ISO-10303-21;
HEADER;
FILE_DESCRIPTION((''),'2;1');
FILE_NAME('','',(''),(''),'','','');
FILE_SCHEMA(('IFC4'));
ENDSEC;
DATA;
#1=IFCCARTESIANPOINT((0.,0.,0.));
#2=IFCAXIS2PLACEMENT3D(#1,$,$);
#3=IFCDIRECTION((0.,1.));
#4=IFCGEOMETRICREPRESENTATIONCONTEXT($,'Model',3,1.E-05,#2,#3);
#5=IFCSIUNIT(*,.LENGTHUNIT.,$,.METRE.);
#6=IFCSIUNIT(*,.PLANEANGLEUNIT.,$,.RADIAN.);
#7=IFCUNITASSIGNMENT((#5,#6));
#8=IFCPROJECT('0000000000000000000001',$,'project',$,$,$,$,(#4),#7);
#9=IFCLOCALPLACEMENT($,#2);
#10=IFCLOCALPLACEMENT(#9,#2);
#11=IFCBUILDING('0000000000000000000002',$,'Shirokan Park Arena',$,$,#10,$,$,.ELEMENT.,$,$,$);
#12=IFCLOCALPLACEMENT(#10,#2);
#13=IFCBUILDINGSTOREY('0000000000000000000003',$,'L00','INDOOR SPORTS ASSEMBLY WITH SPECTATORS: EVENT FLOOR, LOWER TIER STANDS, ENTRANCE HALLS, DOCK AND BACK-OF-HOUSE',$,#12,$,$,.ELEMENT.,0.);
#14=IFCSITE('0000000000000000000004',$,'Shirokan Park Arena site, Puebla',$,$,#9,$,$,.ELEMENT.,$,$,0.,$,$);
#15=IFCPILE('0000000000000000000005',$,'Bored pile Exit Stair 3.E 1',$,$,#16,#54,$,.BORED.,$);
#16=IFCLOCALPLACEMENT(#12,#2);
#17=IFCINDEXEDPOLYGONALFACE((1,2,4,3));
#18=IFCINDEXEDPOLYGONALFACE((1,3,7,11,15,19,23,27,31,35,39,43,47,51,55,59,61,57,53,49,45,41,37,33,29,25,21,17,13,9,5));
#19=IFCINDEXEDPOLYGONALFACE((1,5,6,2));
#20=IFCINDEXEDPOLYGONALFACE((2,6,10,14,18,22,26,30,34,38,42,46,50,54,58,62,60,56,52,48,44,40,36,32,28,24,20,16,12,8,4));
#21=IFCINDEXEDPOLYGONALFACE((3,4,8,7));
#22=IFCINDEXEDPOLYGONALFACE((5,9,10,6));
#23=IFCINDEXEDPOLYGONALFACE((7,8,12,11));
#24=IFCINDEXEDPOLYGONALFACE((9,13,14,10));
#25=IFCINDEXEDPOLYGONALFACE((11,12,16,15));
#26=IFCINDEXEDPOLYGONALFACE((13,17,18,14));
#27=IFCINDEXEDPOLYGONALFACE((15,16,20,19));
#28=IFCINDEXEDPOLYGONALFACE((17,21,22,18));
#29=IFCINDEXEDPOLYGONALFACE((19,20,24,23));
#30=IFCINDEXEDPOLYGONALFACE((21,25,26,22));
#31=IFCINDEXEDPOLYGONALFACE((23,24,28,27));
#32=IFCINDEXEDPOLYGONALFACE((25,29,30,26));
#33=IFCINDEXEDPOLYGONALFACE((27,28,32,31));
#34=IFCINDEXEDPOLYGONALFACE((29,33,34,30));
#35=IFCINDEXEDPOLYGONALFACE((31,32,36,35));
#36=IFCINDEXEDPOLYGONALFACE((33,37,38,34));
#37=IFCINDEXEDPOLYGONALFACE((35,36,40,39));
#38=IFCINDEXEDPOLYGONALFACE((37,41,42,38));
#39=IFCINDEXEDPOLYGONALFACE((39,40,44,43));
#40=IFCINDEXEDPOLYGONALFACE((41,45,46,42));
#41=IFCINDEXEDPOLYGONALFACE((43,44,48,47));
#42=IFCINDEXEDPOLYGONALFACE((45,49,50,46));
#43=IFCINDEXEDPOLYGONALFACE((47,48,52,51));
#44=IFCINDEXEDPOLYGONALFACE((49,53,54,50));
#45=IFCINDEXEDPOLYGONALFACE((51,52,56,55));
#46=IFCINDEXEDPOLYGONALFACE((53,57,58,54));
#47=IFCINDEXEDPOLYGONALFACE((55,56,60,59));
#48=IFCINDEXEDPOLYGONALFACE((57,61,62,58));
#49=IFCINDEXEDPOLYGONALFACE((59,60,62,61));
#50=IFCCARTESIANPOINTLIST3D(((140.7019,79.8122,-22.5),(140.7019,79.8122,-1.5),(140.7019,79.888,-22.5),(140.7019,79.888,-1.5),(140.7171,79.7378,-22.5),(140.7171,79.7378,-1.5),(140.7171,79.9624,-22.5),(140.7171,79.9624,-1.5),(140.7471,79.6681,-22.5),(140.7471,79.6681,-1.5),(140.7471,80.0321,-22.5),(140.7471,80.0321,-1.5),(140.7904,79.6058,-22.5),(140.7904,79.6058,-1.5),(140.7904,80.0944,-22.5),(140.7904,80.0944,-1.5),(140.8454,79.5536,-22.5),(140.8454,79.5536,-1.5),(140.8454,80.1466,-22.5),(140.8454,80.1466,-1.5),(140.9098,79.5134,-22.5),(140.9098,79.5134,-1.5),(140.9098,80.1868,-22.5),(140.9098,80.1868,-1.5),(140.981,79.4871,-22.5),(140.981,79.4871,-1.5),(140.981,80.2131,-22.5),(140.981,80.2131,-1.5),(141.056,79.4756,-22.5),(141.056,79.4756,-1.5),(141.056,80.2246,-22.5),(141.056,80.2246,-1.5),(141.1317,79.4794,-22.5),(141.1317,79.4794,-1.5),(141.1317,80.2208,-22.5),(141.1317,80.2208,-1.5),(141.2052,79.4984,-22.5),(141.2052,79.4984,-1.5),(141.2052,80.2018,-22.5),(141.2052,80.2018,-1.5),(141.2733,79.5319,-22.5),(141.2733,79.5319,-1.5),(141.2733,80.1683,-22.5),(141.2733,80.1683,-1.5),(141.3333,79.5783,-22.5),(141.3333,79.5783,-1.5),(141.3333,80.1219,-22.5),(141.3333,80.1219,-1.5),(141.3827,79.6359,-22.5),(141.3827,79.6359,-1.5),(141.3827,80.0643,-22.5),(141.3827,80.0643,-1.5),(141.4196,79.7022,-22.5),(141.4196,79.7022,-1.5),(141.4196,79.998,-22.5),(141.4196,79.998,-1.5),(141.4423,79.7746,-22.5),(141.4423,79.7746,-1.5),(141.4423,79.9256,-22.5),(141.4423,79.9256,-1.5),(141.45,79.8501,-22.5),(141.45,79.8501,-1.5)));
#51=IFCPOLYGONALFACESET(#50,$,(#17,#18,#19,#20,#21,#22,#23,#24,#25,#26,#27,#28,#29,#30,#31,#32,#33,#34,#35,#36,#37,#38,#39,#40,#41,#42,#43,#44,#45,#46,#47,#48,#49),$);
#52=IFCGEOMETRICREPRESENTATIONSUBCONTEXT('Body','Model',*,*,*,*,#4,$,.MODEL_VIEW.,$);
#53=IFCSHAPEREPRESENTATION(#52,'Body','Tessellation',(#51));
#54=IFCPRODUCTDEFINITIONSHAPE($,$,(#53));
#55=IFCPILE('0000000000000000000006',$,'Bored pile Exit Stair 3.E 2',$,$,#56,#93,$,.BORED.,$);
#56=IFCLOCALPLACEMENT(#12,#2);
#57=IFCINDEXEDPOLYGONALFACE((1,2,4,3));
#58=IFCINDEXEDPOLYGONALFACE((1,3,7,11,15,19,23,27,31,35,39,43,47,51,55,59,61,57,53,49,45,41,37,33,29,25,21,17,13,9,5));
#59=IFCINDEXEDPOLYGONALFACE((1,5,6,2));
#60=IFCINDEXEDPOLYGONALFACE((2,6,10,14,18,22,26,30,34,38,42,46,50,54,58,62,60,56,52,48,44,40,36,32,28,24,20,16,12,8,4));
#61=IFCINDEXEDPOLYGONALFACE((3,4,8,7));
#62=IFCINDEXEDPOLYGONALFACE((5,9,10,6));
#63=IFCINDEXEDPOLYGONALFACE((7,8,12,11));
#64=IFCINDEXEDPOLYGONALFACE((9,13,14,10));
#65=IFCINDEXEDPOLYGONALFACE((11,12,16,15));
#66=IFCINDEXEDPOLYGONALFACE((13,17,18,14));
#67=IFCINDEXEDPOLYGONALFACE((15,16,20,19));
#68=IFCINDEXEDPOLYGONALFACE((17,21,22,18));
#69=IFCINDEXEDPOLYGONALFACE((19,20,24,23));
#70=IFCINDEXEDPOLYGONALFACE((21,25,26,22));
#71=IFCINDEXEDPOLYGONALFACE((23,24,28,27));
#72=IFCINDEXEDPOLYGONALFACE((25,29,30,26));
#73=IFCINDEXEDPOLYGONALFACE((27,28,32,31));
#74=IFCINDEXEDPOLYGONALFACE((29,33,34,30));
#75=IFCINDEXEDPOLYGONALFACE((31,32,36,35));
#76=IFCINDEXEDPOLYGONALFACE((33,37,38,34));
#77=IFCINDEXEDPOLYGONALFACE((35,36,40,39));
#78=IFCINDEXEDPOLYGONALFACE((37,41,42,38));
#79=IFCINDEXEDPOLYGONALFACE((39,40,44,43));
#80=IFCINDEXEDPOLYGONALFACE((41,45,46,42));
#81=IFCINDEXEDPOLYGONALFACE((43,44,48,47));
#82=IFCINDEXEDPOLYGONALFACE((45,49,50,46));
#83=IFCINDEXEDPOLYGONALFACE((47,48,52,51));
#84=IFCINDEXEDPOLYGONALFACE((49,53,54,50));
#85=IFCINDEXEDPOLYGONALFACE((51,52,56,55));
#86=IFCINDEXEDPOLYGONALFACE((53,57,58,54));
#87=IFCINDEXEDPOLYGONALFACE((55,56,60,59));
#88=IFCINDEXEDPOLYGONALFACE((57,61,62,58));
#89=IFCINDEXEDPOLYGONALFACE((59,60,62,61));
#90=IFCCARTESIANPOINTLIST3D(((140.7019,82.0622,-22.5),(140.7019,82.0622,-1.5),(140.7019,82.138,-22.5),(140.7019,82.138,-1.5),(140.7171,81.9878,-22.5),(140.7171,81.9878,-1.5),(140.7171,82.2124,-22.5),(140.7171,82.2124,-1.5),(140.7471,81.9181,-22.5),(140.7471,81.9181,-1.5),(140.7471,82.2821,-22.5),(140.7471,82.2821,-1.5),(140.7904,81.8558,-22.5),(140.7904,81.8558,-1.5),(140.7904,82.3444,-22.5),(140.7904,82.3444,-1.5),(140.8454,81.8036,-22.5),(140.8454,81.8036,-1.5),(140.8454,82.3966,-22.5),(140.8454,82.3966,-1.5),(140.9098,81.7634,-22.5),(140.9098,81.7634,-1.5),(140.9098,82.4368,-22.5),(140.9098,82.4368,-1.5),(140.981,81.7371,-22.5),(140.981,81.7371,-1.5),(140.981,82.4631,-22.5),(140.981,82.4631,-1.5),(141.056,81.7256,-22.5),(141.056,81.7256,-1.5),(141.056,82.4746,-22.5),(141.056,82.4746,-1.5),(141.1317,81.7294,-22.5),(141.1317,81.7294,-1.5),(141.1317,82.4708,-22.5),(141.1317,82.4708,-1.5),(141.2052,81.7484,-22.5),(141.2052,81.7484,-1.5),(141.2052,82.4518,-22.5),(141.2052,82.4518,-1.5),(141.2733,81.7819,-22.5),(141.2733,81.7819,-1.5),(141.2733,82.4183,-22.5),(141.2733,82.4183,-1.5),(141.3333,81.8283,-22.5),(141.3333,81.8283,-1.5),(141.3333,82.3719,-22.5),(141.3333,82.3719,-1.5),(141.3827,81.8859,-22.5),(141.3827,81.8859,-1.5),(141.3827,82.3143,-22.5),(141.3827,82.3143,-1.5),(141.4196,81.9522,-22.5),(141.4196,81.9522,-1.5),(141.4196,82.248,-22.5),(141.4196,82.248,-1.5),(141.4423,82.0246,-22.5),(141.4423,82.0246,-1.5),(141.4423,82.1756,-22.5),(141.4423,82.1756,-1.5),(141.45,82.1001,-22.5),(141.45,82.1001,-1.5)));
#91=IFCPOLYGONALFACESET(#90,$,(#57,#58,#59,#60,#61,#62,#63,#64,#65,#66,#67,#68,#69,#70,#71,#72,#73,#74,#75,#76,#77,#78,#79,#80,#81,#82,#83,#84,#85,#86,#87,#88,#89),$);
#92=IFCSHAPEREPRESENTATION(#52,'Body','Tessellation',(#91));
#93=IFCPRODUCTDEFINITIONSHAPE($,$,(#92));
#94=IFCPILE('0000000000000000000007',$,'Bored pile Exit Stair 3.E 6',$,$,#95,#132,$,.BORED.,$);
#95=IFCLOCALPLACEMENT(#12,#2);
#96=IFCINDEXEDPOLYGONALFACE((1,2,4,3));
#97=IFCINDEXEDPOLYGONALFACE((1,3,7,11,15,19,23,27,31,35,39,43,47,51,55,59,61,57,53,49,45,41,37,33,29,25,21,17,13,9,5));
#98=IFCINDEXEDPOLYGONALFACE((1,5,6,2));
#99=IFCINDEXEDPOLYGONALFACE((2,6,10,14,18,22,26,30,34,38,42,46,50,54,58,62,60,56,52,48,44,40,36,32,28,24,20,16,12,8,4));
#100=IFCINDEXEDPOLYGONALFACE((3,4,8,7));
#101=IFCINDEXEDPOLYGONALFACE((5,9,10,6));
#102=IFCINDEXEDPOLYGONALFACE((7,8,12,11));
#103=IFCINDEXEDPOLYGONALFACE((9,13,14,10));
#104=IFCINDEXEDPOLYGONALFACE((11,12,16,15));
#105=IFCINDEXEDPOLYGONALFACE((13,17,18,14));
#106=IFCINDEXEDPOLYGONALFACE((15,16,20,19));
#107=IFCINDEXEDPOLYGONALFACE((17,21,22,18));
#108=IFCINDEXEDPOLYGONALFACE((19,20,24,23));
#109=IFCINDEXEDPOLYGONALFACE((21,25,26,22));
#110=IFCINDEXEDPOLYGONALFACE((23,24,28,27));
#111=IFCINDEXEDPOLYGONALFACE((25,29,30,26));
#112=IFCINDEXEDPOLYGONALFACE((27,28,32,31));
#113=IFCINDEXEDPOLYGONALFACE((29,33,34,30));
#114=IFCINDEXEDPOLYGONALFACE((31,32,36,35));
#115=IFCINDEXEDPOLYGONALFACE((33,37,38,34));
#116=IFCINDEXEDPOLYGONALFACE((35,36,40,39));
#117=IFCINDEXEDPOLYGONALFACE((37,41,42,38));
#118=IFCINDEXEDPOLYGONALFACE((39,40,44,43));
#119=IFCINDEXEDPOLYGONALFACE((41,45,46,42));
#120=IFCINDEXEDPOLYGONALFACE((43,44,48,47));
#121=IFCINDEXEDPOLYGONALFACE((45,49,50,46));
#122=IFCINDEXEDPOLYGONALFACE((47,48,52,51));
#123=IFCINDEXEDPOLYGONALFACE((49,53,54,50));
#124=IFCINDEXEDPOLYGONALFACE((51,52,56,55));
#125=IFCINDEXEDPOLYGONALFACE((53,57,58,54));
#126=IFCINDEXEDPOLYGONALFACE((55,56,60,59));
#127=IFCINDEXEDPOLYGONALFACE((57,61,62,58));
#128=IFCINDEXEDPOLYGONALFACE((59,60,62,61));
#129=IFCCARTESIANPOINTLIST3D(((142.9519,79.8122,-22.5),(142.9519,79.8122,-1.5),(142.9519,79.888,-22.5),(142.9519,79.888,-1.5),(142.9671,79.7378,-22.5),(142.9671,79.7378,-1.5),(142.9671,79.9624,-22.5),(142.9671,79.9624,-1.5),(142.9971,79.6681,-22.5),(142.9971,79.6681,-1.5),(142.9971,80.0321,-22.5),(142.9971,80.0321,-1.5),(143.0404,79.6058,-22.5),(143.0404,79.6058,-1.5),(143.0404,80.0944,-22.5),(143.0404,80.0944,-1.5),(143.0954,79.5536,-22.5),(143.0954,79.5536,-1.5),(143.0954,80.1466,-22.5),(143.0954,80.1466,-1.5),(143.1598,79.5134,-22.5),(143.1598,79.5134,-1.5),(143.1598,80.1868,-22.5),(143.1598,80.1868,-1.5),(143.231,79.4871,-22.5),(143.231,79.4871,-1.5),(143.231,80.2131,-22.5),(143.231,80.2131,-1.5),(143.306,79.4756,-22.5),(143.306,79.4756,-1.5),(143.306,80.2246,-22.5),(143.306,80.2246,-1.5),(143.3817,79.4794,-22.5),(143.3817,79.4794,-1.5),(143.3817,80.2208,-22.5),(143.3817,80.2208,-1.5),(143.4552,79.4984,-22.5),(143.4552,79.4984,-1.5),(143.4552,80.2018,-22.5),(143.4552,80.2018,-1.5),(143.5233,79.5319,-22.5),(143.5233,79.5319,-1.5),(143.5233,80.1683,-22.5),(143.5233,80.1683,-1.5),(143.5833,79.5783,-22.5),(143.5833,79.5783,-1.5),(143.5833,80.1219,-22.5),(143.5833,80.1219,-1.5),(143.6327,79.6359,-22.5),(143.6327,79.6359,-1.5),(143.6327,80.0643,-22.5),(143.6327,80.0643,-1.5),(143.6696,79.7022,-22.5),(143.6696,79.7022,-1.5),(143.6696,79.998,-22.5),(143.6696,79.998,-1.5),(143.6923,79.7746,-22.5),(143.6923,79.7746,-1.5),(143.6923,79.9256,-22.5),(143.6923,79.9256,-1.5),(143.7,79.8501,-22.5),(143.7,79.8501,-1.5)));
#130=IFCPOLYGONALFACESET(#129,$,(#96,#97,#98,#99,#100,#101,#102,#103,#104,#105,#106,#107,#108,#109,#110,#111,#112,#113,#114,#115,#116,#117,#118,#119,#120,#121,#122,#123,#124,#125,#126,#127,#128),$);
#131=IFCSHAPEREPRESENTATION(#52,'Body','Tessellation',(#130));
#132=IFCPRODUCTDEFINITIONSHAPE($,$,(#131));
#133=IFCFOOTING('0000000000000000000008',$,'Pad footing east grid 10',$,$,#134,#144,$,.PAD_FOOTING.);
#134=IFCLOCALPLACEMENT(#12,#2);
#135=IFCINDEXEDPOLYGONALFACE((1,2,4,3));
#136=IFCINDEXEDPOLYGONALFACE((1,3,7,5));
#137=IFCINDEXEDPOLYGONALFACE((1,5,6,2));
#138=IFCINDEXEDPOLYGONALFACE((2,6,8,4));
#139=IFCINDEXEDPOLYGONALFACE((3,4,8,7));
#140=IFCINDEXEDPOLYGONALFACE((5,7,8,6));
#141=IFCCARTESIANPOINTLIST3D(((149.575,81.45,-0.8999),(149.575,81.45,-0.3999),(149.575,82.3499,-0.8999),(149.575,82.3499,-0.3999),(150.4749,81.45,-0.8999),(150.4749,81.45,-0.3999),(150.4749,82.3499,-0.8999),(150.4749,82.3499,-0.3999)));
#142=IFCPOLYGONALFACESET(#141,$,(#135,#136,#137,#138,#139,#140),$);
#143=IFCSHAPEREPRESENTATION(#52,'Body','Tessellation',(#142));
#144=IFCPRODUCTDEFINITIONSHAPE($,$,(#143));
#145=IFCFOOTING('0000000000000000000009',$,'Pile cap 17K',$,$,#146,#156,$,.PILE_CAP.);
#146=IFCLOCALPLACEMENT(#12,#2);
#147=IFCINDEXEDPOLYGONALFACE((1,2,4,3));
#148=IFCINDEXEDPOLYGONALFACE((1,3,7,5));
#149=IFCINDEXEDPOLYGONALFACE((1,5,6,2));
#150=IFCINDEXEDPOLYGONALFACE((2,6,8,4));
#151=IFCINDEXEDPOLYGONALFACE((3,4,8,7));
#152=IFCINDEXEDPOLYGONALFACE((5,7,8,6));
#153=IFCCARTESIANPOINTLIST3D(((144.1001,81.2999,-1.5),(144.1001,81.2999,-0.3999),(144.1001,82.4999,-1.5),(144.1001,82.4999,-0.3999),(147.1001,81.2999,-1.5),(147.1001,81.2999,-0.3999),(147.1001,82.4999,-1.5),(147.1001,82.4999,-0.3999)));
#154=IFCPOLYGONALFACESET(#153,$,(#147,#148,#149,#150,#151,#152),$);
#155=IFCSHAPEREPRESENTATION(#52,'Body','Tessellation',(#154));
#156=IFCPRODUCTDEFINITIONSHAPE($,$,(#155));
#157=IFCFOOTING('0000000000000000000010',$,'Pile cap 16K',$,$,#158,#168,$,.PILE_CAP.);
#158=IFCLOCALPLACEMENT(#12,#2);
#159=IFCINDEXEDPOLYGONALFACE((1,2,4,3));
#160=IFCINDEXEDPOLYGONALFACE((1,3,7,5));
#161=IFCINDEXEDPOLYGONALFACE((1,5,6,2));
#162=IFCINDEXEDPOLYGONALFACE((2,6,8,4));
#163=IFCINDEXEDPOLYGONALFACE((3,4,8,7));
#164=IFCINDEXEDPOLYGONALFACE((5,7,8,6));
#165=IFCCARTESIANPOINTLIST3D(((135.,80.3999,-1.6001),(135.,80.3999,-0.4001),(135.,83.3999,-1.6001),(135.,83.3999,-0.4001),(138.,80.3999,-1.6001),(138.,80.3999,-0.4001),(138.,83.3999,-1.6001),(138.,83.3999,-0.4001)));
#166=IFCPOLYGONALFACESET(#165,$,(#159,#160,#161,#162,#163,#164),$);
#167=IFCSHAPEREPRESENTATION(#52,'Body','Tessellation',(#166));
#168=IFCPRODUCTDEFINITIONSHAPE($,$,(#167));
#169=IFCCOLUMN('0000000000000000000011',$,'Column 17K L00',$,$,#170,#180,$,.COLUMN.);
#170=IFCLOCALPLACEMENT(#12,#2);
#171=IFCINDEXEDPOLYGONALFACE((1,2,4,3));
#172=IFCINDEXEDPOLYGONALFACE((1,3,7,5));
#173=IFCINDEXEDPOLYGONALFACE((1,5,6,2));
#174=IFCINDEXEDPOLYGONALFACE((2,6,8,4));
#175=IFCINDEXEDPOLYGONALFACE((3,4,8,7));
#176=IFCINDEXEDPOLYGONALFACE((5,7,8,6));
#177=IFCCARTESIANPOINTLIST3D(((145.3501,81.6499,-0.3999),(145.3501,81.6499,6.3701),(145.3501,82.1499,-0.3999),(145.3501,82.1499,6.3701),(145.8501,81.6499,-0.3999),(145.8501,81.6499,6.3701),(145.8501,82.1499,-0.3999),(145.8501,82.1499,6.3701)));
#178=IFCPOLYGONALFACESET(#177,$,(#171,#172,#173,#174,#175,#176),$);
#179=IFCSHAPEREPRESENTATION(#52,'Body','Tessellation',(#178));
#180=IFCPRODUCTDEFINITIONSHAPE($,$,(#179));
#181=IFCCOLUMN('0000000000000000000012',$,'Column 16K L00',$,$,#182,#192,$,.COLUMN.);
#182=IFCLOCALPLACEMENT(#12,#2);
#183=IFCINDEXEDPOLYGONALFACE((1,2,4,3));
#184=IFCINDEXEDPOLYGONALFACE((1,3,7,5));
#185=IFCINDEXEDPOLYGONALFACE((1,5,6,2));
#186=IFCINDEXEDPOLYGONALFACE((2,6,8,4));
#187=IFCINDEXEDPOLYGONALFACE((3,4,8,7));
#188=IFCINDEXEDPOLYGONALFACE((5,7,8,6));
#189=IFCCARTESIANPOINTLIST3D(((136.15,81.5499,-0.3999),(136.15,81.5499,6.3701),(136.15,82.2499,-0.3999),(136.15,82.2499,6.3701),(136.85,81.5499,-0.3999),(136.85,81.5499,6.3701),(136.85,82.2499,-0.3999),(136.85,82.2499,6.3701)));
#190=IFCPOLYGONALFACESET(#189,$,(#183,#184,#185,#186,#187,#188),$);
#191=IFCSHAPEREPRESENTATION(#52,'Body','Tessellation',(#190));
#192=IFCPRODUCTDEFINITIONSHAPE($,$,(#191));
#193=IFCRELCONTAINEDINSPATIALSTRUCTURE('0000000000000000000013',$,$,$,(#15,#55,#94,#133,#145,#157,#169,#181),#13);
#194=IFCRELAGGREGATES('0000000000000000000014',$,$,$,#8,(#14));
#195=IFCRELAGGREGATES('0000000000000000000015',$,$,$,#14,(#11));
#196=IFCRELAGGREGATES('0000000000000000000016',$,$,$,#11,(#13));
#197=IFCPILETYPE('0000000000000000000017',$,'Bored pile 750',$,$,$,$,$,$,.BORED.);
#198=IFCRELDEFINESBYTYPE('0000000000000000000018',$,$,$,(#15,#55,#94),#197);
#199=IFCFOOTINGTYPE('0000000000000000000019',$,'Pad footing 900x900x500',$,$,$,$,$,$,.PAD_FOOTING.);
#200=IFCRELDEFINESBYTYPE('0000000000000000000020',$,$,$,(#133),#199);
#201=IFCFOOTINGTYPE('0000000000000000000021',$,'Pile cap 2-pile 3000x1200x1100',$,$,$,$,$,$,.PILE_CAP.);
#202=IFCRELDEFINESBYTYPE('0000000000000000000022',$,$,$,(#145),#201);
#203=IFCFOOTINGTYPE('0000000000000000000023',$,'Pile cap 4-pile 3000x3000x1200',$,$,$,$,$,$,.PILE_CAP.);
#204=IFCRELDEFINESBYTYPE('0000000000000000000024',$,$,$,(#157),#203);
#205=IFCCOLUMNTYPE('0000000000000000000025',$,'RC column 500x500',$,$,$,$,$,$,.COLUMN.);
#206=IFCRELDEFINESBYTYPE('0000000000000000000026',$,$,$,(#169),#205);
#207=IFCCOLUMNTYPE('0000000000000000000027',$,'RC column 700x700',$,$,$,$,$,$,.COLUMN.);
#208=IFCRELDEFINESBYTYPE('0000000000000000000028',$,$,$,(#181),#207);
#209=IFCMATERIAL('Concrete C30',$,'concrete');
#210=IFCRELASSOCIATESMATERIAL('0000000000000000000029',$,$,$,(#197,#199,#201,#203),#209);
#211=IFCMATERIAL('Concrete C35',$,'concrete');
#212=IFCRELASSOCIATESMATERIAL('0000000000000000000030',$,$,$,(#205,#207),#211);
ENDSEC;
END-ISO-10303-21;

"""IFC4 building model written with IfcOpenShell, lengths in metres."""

from ifc_helpers import new_model, si_unit, direction, frame, origin, origin_2d, place, context, subcontext, project, spatial, rectangle, circle, extrude, material, material_profile, profile_set, type_object, element, save


model = new_model("IFC4")

# Units and contexts
model_context = context("Model", 3, precision=1e-05, world=origin(), true_north=direction((0.0, 1.0)))
body_context = subcontext(model_context, "Body", "Model", "MODEL_VIEW")
ifc_project = project(units=[si_unit("LENGTHUNIT", "METRE"), si_unit("PLANEANGLEUNIT", "RADIAN")], contexts=[model_context])

# Site, building, storey
site_placement = place(None, origin())
site = spatial("IfcSite", under=ifc_project, at=site_placement, Name="Shirokan Park Arena site, Puebla", CompositionType="ELEMENT", RefElevation=0.0)
building_placement = place(site_placement, origin())
building = spatial("IfcBuilding", under=site, at=building_placement, Name="Shirokan Park Arena", CompositionType="ELEMENT")
storey_placement = place(building_placement, origin())
storey = spatial("IfcBuildingStorey", under=building, at=storey_placement, Name="L00", Description="INDOOR SPORTS ASSEMBLY WITH SPECTATORS: EVENT FLOOR, LOWER TIER STANDS, ENTRANCE HALLS, DOCK AND BACK-OF-HOUSE", CompositionType="ELEMENT", Elevation=0.0)

# Piles
ifc_material_1 = material(Name="Concrete C30", Category="concrete")
ifc_material_profile_1 = material_profile(ifc_material_1, circle(Radius=0.375, at=origin_2d()), Name="D750")
ifc_profile_set_1 = profile_set([ifc_material_profile_1], Name="Concrete C30")
pile_type_1 = type_object("IfcPileType", Name="Bored pile 750", PredefinedType="BORED", material=ifc_profile_set_1)
for number, where, z_axis, x_axis, name in (
    (1, (141.075, 79.8501, -1.5), (0.0, 0.0, -1.0), (1.0, 0.0, 0.0), "Bored pile Exit Stair 3.E 1"),
    (2, (141.075, 82.1001, -1.5), (0.0, 0.0, -1.0), (1.0, 0.0, 0.0), "Bored pile Exit Stair 3.E 2"),
    (3, (143.325, 79.8501, -1.5), (0.0, 0.0, -1.0), (1.0, 0.0, 0.0), "Bored pile Exit Stair 3.E 6"),
):
    element("IfcPile", number, at=place(storey_placement, frame(where, z_axis=z_axis, x_axis=x_axis)), inside=storey, type_object=pile_type_1, Name=name, PredefinedType="BORED", context=body_context, shape_type="SweptSolid", body=[
        extrude(circle(Radius=0.375, at=origin_2d()), origin(), (0.0, 0.0, 1.0), 21.0),
    ])

# Footings
footing_type_1 = type_object("IfcFootingType", Name="Pad footing 900x900x500", PredefinedType="PAD_FOOTING", material=ifc_material_1)
footing_1_placement = place(storey_placement, frame((150.0249, 81.8999, -0.8999), z_axis=(0.0, 0.0, 1.0), x_axis=(1.0, 0.0, 0.0)))
element("IfcFooting", 4, at=footing_1_placement, inside=storey, type_object=footing_type_1, Name="Pad footing east grid 10", PredefinedType="PAD_FOOTING", context=body_context, shape_type="SweptSolid", body=[
    extrude(rectangle(XDim=0.8999, YDim=0.8999, at=origin_2d()), origin(), (0.0, 0.0, 1.0), 0.5),
])
footing_type_2 = type_object("IfcFootingType", Name="Pile cap 2-pile 3000x1200x1100", PredefinedType="PILE_CAP", material=ifc_material_1)
footing_2_placement = place(storey_placement, frame((145.6001, 81.8999, -1.5), z_axis=(0.0, 0.0, 1.0), x_axis=(1.0, 0.0, 0.0)))
element("IfcFooting", 5, at=footing_2_placement, inside=storey, type_object=footing_type_2, Name="Pile cap 17K", PredefinedType="PILE_CAP", context=body_context, shape_type="SweptSolid", body=[
    extrude(rectangle(XDim=3.0, YDim=1.2, at=origin_2d()), origin(), (0.0, 0.0, 1.0), 1.1001),
])
footing_type_3 = type_object("IfcFootingType", Name="Pile cap 4-pile 3000x3000x1200", PredefinedType="PILE_CAP", material=ifc_material_1)
footing_3_placement = place(storey_placement, frame((136.5, 81.8999, -1.6001), z_axis=(0.0, 0.0, 1.0), x_axis=(1.0, 0.0, 0.0)))
element("IfcFooting", 6, at=footing_3_placement, inside=storey, type_object=footing_type_3, Name="Pile cap 16K", PredefinedType="PILE_CAP", context=body_context, shape_type="SweptSolid", body=[
    extrude(rectangle(XDim=3.0, YDim=3.0, at=origin_2d()), origin(), (0.0, 0.0, 1.0), 1.2),
])

# Columns
ifc_material_2 = material(Name="Concrete C35", Category="concrete")
ifc_material_profile_2 = material_profile(ifc_material_2, rectangle(XDim=0.5, YDim=0.5, at=origin_2d()), Name="500x500")
ifc_profile_set_2 = profile_set([ifc_material_profile_2], Name="Concrete C35")
column_type_1 = type_object("IfcColumnType", Name="RC column 500x500", PredefinedType="COLUMN", material=ifc_profile_set_2)
column_1_placement = place(storey_placement, frame((145.6001, 81.8999, -0.3999), z_axis=(0.0, 0.0, 1.0), x_axis=(1.0, 0.0, 0.0)))
element("IfcColumn", 7, at=column_1_placement, inside=storey, type_object=column_type_1, Name="Column 17K L00", PredefinedType="COLUMN", context=body_context, shape_type="SweptSolid", body=[
    extrude(rectangle(XDim=0.5, YDim=0.5, at=origin_2d()), origin(), (0.0, 0.0, 1.0), 6.77),
])
ifc_material_profile_3 = material_profile(ifc_material_2, rectangle(XDim=0.7, YDim=0.7, at=origin_2d()), Name="700x700")
ifc_profile_set_3 = profile_set([ifc_material_profile_3], Name="Concrete C35")
column_type_2 = type_object("IfcColumnType", Name="RC column 700x700", PredefinedType="COLUMN", material=ifc_profile_set_3)
column_2_placement = place(storey_placement, frame((136.5, 81.8999, -0.3999), z_axis=(0.0, 0.0, 1.0), x_axis=(1.0, 0.0, 0.0)))
element("IfcColumn", 8, at=column_2_placement, inside=storey, type_object=column_type_2, Name="Column 16K L00", PredefinedType="COLUMN", context=body_context, shape_type="SweptSolid", body=[
    extrude(rectangle(XDim=0.7, YDim=0.7, at=origin_2d()), origin(), (0.0, 0.0, 1.0), 6.77),
])

save(model, "model.ifc")
